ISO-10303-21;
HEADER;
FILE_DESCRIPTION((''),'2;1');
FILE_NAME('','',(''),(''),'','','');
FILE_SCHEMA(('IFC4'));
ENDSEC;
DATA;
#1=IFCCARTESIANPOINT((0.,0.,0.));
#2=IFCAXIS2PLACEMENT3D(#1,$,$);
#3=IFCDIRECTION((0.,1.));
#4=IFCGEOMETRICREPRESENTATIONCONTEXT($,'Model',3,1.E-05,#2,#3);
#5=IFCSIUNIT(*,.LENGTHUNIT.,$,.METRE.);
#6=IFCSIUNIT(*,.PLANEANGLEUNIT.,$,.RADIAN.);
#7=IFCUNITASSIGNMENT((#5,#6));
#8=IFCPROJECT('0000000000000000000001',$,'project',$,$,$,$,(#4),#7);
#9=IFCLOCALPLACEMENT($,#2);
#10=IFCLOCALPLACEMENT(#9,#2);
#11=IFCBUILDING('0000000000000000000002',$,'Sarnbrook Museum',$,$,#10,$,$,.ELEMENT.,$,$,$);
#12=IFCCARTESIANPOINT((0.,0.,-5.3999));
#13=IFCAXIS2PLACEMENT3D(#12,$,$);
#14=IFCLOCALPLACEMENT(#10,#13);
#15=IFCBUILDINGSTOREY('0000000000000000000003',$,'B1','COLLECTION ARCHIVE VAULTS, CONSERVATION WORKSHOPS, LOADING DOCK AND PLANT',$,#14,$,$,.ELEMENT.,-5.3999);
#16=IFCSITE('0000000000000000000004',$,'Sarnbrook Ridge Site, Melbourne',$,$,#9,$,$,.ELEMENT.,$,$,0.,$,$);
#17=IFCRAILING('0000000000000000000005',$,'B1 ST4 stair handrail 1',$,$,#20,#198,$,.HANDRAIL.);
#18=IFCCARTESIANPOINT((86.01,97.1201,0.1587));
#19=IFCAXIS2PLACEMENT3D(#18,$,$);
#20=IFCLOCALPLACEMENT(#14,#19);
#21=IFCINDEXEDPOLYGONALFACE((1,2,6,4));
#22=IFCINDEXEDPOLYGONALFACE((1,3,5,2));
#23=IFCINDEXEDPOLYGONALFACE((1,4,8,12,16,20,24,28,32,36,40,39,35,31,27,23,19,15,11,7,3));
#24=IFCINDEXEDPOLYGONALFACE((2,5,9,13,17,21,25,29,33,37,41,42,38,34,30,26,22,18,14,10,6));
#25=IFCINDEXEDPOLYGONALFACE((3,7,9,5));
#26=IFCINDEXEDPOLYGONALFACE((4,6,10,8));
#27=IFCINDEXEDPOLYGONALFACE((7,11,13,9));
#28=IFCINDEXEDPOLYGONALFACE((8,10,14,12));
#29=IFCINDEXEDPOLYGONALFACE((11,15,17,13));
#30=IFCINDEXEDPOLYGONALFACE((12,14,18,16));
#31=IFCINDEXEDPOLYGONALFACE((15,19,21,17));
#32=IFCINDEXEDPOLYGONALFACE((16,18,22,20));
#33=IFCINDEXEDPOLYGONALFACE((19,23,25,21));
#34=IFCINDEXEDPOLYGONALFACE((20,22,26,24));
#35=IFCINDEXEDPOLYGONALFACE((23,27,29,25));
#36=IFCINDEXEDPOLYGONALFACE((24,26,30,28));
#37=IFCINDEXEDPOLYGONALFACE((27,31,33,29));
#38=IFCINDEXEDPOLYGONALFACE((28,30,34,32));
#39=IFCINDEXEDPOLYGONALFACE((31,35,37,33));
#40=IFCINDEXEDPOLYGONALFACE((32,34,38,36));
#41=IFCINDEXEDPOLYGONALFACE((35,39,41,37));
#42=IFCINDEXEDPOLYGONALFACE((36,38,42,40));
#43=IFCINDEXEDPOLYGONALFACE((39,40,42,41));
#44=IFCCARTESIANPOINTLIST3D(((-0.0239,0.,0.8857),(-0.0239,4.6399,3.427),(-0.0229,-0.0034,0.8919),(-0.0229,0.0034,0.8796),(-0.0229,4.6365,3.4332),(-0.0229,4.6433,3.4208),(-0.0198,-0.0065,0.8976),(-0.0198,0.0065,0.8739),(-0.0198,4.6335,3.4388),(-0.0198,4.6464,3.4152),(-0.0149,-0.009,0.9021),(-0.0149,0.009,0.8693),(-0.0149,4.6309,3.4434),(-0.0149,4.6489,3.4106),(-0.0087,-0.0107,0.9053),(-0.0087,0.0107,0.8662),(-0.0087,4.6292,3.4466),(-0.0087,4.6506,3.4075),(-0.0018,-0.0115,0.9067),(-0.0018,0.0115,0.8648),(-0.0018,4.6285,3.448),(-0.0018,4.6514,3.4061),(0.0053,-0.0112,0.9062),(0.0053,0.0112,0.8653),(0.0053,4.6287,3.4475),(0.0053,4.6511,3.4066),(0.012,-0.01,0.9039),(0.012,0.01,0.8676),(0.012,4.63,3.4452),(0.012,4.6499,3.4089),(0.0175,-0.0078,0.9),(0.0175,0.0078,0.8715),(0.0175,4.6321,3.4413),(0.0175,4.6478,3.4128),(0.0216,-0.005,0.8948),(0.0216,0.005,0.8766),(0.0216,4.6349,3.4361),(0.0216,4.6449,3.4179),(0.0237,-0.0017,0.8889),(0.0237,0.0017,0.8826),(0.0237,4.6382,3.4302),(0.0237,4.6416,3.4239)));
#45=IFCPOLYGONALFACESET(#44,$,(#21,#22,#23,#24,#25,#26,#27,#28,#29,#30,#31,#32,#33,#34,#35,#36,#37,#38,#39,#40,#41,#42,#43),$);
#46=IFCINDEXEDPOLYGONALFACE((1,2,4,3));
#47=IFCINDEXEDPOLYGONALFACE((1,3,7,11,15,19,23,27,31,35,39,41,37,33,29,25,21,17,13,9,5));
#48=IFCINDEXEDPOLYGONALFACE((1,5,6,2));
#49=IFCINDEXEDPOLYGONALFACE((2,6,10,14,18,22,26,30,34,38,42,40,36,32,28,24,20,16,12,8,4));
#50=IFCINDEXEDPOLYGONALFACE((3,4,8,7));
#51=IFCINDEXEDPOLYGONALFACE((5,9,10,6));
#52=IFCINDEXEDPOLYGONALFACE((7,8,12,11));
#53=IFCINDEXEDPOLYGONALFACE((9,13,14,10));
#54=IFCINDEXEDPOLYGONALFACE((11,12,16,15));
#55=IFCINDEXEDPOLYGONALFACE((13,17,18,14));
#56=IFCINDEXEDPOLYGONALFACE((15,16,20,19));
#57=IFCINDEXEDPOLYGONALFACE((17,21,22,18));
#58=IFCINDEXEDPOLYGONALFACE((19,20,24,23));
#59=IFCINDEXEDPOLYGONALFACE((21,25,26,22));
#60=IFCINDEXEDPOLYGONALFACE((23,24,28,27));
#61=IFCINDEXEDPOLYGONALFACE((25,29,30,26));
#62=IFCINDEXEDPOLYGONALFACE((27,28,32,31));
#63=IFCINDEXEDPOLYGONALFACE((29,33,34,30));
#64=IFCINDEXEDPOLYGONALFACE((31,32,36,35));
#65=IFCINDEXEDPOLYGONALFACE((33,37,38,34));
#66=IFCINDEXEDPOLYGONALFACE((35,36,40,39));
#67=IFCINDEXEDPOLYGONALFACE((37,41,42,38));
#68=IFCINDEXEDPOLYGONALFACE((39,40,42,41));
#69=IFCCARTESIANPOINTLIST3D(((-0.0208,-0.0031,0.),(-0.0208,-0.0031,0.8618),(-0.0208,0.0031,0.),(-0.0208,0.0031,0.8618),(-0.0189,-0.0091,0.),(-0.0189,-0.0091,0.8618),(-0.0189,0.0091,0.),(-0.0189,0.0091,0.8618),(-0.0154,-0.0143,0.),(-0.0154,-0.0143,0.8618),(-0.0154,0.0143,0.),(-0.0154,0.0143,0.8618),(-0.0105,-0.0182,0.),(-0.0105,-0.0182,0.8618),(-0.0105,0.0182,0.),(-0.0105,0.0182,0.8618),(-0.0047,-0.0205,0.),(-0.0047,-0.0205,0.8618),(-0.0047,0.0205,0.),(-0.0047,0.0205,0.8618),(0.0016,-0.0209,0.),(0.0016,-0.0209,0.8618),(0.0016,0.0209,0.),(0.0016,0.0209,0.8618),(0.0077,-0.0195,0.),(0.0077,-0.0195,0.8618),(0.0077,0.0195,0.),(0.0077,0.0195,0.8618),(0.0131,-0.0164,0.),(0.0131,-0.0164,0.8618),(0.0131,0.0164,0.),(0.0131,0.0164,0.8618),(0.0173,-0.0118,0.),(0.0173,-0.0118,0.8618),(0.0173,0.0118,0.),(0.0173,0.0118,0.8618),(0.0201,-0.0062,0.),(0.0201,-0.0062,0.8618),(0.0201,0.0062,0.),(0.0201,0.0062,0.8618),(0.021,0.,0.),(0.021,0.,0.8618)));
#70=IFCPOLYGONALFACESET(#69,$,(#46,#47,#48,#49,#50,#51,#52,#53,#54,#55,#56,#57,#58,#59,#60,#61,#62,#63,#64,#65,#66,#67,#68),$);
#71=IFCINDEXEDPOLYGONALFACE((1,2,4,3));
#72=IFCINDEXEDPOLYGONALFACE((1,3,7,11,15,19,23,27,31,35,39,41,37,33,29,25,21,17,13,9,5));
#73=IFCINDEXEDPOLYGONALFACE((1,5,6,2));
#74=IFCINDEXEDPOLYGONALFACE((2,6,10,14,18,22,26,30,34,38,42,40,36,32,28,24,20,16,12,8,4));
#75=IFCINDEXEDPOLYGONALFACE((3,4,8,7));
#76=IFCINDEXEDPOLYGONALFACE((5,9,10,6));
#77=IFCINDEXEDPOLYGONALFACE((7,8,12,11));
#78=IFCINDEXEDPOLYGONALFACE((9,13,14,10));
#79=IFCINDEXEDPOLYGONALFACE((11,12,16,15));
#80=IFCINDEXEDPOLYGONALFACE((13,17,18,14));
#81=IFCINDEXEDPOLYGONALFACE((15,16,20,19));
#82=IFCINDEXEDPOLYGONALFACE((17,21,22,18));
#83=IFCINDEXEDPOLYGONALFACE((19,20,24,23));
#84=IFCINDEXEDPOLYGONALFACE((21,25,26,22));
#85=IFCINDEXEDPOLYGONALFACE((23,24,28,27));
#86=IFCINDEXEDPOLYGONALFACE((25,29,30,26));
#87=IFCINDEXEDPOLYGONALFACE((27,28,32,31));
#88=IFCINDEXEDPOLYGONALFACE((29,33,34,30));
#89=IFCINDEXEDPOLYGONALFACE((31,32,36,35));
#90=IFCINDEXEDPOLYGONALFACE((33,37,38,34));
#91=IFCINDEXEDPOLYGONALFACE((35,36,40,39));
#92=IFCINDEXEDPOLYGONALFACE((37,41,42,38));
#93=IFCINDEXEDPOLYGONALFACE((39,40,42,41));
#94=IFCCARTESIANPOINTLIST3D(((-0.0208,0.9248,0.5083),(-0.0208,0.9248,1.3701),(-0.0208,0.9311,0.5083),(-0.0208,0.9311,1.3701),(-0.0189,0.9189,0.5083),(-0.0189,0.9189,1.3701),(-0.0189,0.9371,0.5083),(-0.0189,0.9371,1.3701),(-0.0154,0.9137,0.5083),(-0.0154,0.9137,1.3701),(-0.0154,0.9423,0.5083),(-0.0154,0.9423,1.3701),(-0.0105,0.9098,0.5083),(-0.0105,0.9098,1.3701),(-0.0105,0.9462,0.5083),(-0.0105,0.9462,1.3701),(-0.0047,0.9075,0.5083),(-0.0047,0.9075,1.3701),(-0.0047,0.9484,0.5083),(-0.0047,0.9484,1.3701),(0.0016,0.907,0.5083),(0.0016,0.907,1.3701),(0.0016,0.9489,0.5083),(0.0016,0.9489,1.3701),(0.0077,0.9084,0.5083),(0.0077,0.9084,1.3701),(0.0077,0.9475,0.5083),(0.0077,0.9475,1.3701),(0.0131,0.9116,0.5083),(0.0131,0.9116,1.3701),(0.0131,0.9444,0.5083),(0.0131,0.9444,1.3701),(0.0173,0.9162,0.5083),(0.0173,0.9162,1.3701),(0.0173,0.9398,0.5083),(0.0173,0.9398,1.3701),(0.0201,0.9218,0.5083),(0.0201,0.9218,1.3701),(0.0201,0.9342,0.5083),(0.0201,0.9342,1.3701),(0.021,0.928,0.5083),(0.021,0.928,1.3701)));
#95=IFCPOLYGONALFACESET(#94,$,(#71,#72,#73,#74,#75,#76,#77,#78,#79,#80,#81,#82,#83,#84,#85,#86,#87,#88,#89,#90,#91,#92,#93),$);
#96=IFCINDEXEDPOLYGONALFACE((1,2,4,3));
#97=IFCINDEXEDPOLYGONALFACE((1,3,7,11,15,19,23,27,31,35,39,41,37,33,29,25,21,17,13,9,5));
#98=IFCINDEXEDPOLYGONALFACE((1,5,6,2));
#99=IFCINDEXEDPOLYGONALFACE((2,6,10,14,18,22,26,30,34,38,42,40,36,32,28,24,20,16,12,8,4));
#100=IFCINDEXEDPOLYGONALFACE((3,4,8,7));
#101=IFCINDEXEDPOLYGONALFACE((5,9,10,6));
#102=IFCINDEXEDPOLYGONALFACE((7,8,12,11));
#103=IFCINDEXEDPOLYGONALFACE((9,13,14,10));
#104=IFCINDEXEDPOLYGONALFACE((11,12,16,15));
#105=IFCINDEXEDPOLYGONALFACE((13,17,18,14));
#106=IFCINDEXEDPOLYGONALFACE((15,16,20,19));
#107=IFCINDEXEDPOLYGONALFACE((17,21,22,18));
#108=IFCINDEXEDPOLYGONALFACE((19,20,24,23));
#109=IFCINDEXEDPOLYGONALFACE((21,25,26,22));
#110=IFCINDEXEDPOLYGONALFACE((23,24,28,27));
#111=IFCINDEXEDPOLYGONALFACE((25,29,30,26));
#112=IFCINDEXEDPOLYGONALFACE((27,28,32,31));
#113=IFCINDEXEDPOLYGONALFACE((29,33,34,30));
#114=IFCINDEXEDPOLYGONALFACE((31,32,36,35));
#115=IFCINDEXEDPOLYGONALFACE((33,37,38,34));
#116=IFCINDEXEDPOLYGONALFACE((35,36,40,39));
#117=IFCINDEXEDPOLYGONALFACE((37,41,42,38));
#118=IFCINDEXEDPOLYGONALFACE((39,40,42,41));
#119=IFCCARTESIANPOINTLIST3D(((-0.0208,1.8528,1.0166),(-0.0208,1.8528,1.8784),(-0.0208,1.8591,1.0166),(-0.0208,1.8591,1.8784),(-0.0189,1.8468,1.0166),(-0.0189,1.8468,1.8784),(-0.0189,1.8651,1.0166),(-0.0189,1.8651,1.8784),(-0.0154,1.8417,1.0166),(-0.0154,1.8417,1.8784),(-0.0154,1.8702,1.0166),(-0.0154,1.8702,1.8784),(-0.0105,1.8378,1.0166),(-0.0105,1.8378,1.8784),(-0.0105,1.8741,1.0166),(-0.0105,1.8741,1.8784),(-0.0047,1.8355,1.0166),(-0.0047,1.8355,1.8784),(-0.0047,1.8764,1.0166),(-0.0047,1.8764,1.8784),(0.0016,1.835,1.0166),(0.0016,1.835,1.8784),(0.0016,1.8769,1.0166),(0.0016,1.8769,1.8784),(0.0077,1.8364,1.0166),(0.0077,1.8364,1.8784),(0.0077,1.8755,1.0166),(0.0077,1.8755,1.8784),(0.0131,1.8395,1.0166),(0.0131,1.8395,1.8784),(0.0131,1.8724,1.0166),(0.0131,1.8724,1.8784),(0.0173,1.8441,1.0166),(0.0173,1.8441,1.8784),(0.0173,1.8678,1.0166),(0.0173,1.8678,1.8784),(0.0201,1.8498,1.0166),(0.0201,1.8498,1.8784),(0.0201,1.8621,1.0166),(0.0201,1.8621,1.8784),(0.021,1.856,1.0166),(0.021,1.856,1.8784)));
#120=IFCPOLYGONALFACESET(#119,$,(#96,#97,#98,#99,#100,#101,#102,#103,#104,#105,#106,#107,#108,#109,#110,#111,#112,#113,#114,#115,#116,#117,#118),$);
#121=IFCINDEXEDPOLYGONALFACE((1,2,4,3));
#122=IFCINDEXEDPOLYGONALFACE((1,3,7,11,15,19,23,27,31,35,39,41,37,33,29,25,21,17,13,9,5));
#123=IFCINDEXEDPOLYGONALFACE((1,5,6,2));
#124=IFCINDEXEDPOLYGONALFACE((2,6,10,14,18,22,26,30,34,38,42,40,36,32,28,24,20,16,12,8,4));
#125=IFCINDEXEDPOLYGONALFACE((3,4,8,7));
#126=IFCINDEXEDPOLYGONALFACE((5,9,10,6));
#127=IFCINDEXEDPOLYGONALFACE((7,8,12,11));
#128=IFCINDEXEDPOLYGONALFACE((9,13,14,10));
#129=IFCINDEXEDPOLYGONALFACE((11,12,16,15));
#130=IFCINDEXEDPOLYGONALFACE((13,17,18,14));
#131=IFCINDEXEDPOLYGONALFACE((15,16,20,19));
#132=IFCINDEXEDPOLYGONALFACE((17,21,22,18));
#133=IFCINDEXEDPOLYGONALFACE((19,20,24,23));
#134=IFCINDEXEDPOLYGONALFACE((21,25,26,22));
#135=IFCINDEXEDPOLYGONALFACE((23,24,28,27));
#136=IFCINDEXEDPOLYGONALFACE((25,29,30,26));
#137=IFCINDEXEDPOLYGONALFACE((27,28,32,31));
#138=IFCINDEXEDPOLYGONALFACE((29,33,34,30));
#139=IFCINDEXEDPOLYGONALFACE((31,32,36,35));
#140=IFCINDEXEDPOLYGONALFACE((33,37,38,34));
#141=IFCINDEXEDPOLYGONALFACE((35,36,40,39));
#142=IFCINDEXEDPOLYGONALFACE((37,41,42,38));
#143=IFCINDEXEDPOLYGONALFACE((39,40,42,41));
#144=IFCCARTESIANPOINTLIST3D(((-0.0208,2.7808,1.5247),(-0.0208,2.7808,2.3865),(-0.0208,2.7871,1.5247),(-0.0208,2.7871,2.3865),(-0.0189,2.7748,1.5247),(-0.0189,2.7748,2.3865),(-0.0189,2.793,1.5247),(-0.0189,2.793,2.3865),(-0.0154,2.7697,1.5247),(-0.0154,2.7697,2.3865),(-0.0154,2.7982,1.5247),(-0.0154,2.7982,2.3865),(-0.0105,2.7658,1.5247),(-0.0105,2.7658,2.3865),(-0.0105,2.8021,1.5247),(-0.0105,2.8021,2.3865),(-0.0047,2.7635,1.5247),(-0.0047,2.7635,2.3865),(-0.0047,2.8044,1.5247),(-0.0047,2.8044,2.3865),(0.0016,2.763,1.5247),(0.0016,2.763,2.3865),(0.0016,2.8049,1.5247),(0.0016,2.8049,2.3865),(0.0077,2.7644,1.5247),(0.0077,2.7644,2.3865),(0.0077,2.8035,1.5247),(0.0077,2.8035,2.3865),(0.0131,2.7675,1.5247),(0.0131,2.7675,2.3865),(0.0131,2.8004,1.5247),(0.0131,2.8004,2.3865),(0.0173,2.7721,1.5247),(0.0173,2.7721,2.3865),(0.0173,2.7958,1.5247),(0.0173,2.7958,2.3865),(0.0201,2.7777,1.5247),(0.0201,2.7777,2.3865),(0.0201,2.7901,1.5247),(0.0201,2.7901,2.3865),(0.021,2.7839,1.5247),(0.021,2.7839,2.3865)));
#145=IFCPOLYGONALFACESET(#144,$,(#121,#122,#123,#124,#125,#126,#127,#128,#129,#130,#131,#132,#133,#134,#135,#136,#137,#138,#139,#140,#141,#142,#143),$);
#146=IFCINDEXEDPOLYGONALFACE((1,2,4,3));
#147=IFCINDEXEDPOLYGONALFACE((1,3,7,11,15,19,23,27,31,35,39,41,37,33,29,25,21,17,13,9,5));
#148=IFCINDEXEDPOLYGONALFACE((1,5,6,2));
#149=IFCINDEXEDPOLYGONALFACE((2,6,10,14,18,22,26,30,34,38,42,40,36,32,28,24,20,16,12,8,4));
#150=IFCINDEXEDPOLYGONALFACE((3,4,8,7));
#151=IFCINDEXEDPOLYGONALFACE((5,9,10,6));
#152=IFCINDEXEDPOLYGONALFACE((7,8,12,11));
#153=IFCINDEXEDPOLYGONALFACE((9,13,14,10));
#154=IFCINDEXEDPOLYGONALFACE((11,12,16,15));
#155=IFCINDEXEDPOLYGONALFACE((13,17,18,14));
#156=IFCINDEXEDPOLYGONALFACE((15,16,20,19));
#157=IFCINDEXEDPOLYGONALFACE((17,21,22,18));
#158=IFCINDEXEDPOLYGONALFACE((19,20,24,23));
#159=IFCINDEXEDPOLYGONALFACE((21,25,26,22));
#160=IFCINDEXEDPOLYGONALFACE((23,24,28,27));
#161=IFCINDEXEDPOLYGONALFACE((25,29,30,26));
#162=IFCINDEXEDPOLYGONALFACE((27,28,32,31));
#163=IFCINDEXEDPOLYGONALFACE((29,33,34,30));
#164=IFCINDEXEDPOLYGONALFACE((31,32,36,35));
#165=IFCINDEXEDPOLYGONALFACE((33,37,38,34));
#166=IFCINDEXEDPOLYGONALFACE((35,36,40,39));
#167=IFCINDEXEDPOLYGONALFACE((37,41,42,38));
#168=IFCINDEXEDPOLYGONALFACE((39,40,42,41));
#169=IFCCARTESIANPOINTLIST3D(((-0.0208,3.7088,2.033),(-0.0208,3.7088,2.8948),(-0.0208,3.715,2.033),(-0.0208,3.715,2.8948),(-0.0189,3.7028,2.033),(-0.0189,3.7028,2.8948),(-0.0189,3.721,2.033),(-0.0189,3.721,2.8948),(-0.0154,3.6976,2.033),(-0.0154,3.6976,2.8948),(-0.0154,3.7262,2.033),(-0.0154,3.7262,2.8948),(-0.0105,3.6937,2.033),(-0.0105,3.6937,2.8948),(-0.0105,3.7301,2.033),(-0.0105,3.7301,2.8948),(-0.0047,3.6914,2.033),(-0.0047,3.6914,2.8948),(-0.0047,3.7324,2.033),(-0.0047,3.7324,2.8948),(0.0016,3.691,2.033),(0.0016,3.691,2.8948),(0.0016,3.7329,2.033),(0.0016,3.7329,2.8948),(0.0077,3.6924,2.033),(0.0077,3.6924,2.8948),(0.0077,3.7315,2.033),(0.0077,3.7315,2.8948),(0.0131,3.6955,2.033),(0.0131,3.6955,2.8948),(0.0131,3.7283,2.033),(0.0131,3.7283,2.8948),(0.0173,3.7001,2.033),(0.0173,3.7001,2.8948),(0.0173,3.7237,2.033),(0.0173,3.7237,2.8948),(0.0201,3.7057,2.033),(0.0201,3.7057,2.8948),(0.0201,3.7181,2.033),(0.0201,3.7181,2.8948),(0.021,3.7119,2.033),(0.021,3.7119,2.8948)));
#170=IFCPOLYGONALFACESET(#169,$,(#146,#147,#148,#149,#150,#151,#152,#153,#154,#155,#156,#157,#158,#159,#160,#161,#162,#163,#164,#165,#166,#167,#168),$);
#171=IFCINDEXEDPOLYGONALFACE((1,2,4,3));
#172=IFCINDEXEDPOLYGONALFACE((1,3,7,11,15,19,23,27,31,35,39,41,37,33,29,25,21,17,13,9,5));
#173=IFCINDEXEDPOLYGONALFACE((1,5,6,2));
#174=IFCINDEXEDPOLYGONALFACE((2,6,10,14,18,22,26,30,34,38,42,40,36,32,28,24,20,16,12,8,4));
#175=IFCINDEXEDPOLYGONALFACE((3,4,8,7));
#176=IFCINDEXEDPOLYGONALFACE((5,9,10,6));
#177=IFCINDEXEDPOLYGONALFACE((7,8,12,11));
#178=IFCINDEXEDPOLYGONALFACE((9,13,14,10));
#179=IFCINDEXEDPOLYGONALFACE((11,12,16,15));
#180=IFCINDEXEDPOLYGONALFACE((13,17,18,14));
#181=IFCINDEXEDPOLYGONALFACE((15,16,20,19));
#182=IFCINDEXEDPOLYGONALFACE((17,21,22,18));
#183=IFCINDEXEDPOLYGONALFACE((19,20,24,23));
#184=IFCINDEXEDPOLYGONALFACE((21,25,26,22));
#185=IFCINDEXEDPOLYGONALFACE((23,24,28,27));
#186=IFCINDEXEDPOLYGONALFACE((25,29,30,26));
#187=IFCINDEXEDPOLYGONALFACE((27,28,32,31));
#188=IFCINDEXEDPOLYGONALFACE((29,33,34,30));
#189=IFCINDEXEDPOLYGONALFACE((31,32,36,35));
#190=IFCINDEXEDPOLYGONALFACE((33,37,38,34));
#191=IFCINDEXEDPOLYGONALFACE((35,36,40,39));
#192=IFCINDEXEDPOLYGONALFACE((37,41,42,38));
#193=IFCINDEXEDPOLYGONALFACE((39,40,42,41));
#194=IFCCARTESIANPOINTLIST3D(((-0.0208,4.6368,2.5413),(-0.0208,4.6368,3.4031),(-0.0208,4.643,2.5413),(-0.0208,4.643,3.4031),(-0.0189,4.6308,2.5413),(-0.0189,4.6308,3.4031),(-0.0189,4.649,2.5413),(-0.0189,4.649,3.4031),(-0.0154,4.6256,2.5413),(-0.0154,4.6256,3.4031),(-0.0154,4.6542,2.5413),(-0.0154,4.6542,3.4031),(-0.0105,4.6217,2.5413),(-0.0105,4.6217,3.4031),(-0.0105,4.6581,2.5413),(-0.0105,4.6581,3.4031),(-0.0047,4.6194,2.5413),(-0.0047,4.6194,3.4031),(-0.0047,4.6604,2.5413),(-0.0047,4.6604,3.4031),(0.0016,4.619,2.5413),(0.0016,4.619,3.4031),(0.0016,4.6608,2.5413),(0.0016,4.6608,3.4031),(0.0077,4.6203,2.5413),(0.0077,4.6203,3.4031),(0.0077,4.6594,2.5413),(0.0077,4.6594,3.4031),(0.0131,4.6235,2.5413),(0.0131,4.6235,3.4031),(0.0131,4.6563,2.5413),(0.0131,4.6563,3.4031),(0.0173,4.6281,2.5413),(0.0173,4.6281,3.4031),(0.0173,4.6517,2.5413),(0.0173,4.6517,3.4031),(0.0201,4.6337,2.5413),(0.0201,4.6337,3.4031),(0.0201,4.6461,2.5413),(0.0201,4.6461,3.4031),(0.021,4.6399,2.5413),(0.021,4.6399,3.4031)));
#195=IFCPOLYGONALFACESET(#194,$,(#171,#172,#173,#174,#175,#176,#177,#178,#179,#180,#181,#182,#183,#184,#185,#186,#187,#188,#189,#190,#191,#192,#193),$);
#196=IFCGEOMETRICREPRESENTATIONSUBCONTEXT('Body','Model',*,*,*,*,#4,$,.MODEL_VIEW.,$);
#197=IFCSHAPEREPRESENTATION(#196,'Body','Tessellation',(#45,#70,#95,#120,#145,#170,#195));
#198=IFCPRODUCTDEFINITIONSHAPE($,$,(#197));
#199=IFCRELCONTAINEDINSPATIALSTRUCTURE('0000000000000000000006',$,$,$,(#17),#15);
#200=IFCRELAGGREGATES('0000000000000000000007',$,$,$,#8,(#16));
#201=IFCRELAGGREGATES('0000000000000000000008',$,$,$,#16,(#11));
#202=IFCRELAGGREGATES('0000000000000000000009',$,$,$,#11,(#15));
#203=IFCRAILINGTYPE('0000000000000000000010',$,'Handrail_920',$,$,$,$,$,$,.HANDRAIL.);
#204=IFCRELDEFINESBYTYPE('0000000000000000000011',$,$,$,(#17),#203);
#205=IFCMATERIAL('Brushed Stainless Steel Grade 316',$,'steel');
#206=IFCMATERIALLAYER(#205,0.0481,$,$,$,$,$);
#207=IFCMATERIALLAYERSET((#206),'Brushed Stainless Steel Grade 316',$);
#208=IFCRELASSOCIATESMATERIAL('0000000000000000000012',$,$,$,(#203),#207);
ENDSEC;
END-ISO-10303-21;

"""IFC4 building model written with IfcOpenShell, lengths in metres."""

from ifc_helpers import new_model, si_unit, direction, frame, origin, origin_2d, place, context, subcontext, project, spatial, circle, extrude, material, layer, layer_set, type_object, element, save


model = new_model("IFC4")

# Units and contexts
model_context = context("Model", 3, precision=1e-05, world=origin(), true_north=direction((0.0, 1.0)))
body_context = subcontext(model_context, "Body", "Model", "MODEL_VIEW")
ifc_project = project(units=[si_unit("LENGTHUNIT", "METRE"), si_unit("PLANEANGLEUNIT", "RADIAN")], contexts=[model_context])

# Site, building, storey
site_placement = place(None, origin())
site = spatial("IfcSite", under=ifc_project, at=site_placement, Name="Sarnbrook Ridge Site, Melbourne", CompositionType="ELEMENT", RefElevation=0.0)
building_placement = place(site_placement, origin())
building = spatial("IfcBuilding", under=site, at=building_placement, Name="Sarnbrook Museum", CompositionType="ELEMENT")
storey_placement = place(building_placement, frame((0.0, 0.0, -5.3999)))
storey = spatial("IfcBuildingStorey", under=building, at=storey_placement, Name="B1", Description="COLLECTION ARCHIVE VAULTS, CONSERVATION WORKSHOPS, LOADING DOCK AND PLANT", CompositionType="ELEMENT", Elevation=-5.3999)

# Shared definitions
ifc_material_1 = material(Name="Brushed Stainless Steel Grade 316", Category="steel")

# Railing
ifc_layer_1 = layer(ifc_material_1, 0.0481)
ifc_layer_set_1 = layer_set([ifc_layer_1], Name="Brushed Stainless Steel Grade 316")
railing_type_1 = type_object("IfcRailingType", Name="Handrail_920", PredefinedType="HANDRAIL", material=ifc_layer_set_1)
railing_1_placement = place(storey_placement, frame((86.01, 97.1201, 0.1587)))
element("IfcRailing", 1, at=railing_1_placement, inside=storey, type_object=railing_type_1, Name="B1 ST4 stair handrail 1", PredefinedType="HANDRAIL", context=body_context, shape_type="SweptSolid", body=[
    extrude(circle(Radius=0.0239, at=origin_2d()), frame((0.0, 0.0, 0.8857), z_axis=(0.0, 0.877067, 0.480368), x_axis=(-1.0, 0.0, 0.0)), (0.0, 0.0, 1.0), 5.2903),
    extrude(circle(Radius=0.021, at=origin_2d()), origin(), (0.0, 0.0, 1.0), 0.8618),
    extrude(circle(Radius=0.021, at=origin_2d()), frame((0.0, 0.928, 0.5083)), (0.0, 0.0, 1.0), 0.8618),
    extrude(circle(Radius=0.021, at=origin_2d()), frame((0.0, 1.856, 1.0166)), (0.0, 0.0, 1.0), 0.8618),
    extrude(circle(Radius=0.021, at=origin_2d()), frame((0.0, 2.7839, 1.5247)), (0.0, 0.0, 1.0), 0.8618),
    extrude(circle(Radius=0.021, at=origin_2d()), frame((0.0, 3.7119, 2.033)), (0.0, 0.0, 1.0), 0.8618),
    extrude(circle(Radius=0.021, at=origin_2d()), frame((0.0, 4.6399, 2.5413)), (0.0, 0.0, 1.0), 0.8618),
])

save(model, "model.ifc")
